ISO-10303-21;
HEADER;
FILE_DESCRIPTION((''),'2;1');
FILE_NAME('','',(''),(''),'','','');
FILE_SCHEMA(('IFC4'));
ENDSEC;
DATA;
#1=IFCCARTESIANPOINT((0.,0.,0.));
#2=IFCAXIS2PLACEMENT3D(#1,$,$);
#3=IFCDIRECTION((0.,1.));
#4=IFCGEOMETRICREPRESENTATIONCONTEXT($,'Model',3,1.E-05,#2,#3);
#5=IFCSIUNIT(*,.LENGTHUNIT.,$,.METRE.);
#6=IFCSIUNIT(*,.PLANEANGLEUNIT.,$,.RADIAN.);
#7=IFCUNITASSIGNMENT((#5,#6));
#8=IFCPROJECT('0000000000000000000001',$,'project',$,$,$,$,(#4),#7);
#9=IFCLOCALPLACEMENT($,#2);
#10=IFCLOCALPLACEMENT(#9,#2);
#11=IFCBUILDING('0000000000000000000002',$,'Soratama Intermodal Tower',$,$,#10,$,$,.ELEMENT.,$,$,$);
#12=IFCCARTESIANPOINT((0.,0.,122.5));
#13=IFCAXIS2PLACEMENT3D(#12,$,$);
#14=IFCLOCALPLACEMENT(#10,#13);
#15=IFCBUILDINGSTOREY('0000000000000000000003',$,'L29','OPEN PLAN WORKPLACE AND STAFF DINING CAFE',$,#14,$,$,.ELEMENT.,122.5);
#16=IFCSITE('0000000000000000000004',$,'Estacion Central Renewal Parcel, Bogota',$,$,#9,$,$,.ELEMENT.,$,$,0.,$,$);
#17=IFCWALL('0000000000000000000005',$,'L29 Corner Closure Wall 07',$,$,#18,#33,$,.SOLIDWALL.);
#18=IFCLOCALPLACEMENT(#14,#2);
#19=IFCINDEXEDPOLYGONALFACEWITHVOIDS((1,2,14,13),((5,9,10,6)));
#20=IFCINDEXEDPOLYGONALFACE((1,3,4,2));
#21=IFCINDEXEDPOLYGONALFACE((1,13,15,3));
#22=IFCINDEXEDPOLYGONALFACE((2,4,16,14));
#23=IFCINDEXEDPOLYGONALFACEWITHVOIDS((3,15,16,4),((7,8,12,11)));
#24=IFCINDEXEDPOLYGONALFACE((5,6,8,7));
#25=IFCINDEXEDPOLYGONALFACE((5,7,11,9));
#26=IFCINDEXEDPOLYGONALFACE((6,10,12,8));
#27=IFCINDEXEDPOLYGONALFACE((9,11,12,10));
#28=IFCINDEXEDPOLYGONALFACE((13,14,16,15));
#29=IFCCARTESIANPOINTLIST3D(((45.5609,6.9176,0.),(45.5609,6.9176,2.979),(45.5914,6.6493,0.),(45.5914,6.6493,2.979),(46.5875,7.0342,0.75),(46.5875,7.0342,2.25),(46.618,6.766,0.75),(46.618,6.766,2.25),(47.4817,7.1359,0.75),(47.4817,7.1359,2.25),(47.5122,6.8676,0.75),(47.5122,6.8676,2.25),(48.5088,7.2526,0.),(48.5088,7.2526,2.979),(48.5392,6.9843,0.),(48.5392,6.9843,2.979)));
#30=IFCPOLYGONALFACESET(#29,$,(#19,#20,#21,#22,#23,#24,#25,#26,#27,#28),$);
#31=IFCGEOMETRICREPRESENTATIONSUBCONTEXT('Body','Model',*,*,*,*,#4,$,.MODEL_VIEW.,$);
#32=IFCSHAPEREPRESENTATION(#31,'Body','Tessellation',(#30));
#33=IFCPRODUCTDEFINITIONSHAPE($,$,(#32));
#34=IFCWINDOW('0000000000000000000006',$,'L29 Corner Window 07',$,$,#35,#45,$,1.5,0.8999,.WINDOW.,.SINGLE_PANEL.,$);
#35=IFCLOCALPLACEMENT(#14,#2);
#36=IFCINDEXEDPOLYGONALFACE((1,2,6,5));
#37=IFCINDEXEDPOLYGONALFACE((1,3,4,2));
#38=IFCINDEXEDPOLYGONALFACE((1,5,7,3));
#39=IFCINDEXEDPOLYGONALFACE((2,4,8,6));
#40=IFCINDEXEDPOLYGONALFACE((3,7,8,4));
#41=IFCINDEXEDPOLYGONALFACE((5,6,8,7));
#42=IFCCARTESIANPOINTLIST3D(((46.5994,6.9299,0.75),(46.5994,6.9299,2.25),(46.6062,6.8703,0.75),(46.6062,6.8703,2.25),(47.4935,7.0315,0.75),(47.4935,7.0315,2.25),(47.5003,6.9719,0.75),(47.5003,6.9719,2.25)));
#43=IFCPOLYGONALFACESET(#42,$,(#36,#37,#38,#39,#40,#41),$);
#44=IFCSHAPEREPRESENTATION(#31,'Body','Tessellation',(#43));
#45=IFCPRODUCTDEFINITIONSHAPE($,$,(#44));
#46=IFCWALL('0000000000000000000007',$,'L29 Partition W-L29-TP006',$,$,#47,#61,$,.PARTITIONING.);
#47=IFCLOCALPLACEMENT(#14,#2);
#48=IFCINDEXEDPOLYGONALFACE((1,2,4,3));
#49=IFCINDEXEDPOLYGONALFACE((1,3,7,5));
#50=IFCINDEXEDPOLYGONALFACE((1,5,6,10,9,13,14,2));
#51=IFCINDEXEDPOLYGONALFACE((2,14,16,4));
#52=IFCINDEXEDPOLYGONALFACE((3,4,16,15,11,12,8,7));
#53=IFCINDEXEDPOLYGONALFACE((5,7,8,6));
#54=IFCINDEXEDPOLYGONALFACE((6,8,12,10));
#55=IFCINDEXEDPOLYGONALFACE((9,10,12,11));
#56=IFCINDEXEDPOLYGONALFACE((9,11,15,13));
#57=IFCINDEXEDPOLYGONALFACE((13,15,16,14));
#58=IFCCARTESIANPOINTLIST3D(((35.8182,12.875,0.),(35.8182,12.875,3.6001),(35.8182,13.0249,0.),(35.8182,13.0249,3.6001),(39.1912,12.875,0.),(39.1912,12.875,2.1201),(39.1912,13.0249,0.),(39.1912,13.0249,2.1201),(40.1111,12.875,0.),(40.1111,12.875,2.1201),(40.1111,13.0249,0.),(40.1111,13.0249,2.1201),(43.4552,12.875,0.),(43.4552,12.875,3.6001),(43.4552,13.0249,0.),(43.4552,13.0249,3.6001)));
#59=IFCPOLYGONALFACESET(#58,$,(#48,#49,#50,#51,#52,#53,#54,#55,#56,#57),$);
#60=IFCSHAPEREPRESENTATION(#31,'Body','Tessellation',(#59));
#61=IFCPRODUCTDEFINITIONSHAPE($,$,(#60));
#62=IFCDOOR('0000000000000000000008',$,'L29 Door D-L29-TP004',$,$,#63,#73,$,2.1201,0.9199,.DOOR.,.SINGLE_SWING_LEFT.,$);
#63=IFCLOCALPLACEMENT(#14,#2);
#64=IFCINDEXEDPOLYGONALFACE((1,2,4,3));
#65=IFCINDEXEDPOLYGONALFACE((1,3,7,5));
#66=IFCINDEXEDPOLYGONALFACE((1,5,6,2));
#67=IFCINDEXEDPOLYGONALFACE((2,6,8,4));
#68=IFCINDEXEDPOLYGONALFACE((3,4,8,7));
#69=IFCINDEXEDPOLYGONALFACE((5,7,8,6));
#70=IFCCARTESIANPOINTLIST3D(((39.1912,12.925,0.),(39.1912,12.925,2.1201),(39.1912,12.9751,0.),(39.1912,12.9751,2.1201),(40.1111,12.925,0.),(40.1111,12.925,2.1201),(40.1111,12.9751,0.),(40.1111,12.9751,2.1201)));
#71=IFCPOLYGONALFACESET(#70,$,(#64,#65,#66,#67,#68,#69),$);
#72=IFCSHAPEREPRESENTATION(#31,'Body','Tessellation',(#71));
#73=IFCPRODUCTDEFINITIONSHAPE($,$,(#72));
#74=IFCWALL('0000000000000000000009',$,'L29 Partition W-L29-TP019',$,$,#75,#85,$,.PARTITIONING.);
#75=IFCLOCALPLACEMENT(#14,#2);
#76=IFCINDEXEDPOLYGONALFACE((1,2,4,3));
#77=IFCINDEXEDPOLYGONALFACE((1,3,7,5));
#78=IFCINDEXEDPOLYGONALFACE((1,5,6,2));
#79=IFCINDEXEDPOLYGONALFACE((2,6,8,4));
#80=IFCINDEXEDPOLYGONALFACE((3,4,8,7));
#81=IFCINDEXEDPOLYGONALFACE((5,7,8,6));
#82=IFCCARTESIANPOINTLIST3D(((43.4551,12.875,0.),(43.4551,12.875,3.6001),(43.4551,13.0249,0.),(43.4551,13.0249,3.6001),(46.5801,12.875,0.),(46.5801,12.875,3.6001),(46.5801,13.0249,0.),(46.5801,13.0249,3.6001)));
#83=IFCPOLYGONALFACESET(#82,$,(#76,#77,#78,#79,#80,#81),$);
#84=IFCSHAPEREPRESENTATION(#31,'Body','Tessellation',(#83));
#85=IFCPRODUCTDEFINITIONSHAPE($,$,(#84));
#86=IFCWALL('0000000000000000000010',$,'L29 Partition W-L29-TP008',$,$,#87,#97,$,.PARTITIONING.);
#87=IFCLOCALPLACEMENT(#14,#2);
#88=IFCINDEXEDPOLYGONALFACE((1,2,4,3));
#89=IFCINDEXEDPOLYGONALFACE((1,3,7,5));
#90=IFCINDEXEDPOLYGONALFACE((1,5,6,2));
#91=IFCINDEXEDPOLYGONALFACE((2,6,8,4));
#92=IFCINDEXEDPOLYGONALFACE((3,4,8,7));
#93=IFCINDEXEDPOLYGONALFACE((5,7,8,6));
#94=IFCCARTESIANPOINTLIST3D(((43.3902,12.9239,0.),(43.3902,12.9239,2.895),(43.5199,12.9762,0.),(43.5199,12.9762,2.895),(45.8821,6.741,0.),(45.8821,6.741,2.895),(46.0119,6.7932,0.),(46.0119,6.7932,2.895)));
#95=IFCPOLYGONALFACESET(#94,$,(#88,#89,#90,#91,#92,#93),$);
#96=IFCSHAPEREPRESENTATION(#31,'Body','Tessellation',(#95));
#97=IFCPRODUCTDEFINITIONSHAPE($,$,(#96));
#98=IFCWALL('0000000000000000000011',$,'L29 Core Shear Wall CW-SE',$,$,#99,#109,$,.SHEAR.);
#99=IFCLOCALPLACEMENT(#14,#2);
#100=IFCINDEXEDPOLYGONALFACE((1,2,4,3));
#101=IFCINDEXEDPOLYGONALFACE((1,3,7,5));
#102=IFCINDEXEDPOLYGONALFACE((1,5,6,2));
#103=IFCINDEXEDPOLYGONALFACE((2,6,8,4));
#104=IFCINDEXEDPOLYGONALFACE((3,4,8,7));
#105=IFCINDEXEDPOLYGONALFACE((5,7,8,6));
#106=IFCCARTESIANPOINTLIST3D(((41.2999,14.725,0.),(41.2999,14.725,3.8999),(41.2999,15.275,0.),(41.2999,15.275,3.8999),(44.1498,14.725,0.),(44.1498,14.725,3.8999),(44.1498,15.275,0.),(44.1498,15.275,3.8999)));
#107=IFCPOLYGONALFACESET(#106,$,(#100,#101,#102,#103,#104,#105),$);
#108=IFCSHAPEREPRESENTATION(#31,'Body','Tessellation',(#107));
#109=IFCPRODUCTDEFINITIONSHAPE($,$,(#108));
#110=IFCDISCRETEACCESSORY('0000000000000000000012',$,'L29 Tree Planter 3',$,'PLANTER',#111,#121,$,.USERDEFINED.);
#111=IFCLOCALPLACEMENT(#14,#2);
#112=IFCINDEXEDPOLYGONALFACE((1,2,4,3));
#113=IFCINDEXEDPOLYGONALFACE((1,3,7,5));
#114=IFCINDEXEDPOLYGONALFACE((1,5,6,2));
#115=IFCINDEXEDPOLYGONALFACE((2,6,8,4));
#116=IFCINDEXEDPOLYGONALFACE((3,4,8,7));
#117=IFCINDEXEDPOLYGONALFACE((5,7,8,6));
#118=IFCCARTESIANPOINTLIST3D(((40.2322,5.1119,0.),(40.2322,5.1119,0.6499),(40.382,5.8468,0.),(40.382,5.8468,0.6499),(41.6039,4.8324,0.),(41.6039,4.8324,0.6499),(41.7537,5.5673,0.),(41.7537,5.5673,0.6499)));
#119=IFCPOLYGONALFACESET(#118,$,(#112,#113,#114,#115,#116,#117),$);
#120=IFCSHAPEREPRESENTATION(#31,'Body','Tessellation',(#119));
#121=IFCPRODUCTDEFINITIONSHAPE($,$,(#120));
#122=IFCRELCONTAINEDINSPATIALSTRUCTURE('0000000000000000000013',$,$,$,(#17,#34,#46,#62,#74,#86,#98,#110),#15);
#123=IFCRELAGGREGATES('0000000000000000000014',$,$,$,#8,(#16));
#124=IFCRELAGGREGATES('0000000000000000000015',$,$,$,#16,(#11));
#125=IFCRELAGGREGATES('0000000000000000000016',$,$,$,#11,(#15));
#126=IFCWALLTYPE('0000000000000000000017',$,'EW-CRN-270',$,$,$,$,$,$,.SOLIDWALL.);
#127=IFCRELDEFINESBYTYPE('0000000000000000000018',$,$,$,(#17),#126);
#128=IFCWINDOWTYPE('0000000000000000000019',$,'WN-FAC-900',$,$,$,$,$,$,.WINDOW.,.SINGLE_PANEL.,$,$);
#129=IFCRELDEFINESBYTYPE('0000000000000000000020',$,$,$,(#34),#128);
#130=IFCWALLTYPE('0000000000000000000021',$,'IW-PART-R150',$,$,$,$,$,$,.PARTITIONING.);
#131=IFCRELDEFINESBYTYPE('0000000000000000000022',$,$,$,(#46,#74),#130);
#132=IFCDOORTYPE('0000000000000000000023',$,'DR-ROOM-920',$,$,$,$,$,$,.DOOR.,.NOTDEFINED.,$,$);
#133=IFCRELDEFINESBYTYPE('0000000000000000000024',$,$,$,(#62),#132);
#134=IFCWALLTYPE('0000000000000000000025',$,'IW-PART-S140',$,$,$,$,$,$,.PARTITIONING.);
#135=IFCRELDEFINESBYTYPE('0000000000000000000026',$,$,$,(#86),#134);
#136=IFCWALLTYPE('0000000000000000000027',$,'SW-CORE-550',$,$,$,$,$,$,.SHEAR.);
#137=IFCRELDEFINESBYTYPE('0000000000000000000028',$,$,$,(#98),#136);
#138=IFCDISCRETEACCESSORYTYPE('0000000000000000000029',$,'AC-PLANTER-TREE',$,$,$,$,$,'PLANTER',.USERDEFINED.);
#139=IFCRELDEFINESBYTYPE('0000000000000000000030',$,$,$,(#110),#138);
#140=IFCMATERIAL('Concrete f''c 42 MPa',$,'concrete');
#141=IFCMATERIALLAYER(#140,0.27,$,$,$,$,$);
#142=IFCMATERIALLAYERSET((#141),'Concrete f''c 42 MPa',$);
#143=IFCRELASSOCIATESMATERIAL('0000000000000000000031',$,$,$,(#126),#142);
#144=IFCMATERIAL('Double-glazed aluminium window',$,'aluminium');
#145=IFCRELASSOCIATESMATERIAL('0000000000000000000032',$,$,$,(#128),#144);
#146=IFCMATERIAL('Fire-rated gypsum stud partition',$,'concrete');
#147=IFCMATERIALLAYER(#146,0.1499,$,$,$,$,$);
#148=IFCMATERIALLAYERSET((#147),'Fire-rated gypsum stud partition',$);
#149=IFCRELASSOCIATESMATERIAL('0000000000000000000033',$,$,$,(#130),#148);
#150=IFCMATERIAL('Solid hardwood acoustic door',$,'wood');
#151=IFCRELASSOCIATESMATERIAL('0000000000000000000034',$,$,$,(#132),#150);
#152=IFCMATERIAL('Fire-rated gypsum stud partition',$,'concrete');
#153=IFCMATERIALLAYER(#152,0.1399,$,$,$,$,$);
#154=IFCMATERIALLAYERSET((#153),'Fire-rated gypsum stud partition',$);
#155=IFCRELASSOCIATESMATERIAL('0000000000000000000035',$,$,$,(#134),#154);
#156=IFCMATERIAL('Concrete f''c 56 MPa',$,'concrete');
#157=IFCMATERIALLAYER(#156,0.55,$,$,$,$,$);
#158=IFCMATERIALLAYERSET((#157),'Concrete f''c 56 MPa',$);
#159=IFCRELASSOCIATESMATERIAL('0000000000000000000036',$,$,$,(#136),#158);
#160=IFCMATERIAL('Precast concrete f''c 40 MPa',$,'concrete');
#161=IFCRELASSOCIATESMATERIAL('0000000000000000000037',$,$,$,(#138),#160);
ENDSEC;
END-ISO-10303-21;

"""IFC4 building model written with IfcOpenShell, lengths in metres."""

from ifc_helpers import new_model, si_unit, direction, frame, frame_2d, origin, origin_2d, place, context, subcontext, project, spatial, rectangle, extrude, material, layer, layer_set, type_object, element, fill, save


model = new_model("IFC4")

# Units and contexts
model_context = context("Model", 3, precision=1e-05, world=origin(), true_north=direction((0.0, 1.0)))
body_context = subcontext(model_context, "Body", "Model", "MODEL_VIEW")
ifc_project = project(units=[si_unit("LENGTHUNIT", "METRE"), si_unit("PLANEANGLEUNIT", "RADIAN")], contexts=[model_context])

# Site, building, storey
site_placement = place(None, origin())
site = spatial("IfcSite", under=ifc_project, at=site_placement, Name="Estacion Central Renewal Parcel, Bogota", CompositionType="ELEMENT", RefElevation=0.0)
building_placement = place(site_placement, origin())
building = spatial("IfcBuilding", under=site, at=building_placement, Name="Soratama Intermodal Tower", CompositionType="ELEMENT")
storey_placement = place(building_placement, frame((0.0, 0.0, 122.5)))
storey = spatial("IfcBuildingStorey", under=building, at=storey_placement, Name="L29", Description="OPEN PLAN WORKPLACE AND STAFF DINING CAFE", CompositionType="ELEMENT", Elevation=122.5)

# Wall, opening, window
ifc_material_1 = material(Name="Concrete f'c 42 MPa", Category="concrete")
ifc_layer_1 = layer(ifc_material_1, 0.27)
ifc_layer_set_1 = layer_set([ifc_layer_1], Name="Concrete f'c 42 MPa")
wall_type_1 = type_object("IfcWallType", Name="EW-CRN-270", PredefinedType="SOLIDWALL", material=ifc_layer_set_1)
wall_1_placement = place(storey_placement, frame((45.5762, 6.7834, 0.0), z_axis=(0.0, 0.0, 1.0), x_axis=(0.993606, 0.112906, 0.0)))
wall_1 = element("IfcWall", 1, at=wall_1_placement, inside=storey, type_object=wall_type_1, Name="L29 Corner Closure Wall 07", PredefinedType="SOLIDWALL", context=body_context, shape_type="SweptSolid", body=[
    extrude(rectangle(XDim=2.9668, YDim=0.27, at=frame_2d((1.4834, 0.0))), origin(), (0.0, 0.0, 1.0), 2.979),
])
opening_1_placement = place(wall_1_placement, frame((1.0332, 0.0, 0.75)))
opening_1 = element("IfcOpeningElement", 2, at=opening_1_placement, cuts=wall_1, PredefinedType="OPENING", context=body_context, shape_type="SweptSolid", body=[
    extrude(rectangle(XDim=0.8999, YDim=1.5, at=frame_2d((0.45, 0.75))), frame((0.0, 0.145, 0.0), z_axis=(0.0, -1.0, 0.0), x_axis=(1.0, 0.0, 0.0)), (0.0, 0.0, 1.0), 0.29),
])
ifc_material_2 = material(Name="Double-glazed aluminium window", Category="aluminium")
window_type = type_object("IfcWindowType", Name="WN-FAC-900", PartitioningType="SINGLE_PANEL", PredefinedType="WINDOW", material=ifc_material_2)
window_placement = place(opening_1_placement, origin())
window = element("IfcWindow", 3, at=window_placement, inside=storey, type_object=window_type, Name="L29 Corner Window 07", OverallHeight=1.5, OverallWidth=0.8999, PartitioningType="SINGLE_PANEL", PredefinedType="WINDOW", context=body_context, shape_type="SweptSolid", body=[
    extrude(rectangle(XDim=0.8999, YDim=1.5, at=frame_2d((0.45, 0.75))), frame((0.0, 0.03, 0.0), z_axis=(0.0, -1.0, 0.0), x_axis=(1.0, 0.0, 0.0)), (0.0, 0.0, 1.0), 0.0601),
])
fill(opening_1, window)

# Wall, opening, door
ifc_material_3 = material(Name="Fire-rated gypsum stud partition", Category="concrete")
ifc_layer_2 = layer(ifc_material_3, 0.1499)
ifc_layer_set_2 = layer_set([ifc_layer_2], Name="Fire-rated gypsum stud partition")
wall_type_2 = type_object("IfcWallType", Name="IW-PART-R150", PredefinedType="PARTITIONING", material=ifc_layer_set_2)
wall_2_placement = place(storey_placement, frame((43.4551, 12.95, 0.0), z_axis=(0.0, 0.0, 1.0), x_axis=(-1.0, 0.0, 0.0)))
wall_2 = element("IfcWall", 4, at=wall_2_placement, inside=storey, type_object=wall_type_2, Name="L29 Partition W-L29-TP006", PredefinedType="PARTITIONING", context=body_context, shape_type="SweptSolid", body=[
    extrude(rectangle(XDim=7.637, YDim=0.1499, at=frame_2d((3.8184, 0.0))), origin(), (0.0, 0.0, 1.0), 3.6001),
])
opening_2_placement = place(wall_2_placement, frame((3.344, 0.0, 0.0)))
opening_2 = element("IfcOpeningElement", 5, at=opening_2_placement, cuts=wall_2, PredefinedType="OPENING", context=body_context, shape_type="SweptSolid", body=[
    extrude(rectangle(XDim=0.9199, YDim=2.1201, at=frame_2d((0.46, 1.0601))), frame((0.0, 0.085, 0.0), z_axis=(0.0, -1.0, 0.0), x_axis=(1.0, 0.0, 0.0)), (0.0, 0.0, 1.0), 0.1699),
])
ifc_material_4 = material(Name="Solid hardwood acoustic door", Category="wood")
door_type = type_object("IfcDoorType", Name="DR-ROOM-920", OperationType="NOTDEFINED", PredefinedType="DOOR", material=ifc_material_4)
door_placement = place(opening_2_placement, origin())
door = element("IfcDoor", 6, at=door_placement, inside=storey, type_object=door_type, Name="L29 Door D-L29-TP004", OperationType="SINGLE_SWING_LEFT", OverallHeight=2.1201, OverallWidth=0.9199, PredefinedType="DOOR", context=body_context, shape_type="SweptSolid", body=[
    extrude(rectangle(XDim=0.9199, YDim=2.1201, at=frame_2d((0.46, 1.0601))), frame((0.0, 0.0249, 0.0), z_axis=(0.0, -1.0, 0.0), x_axis=(1.0, 0.0, 0.0)), (0.0, 0.0, 1.0), 0.05),
])
fill(opening_2, door)

# Walls
wall_3_placement = place(storey_placement, frame((46.5801, 12.95, 0.0), z_axis=(0.0, 0.0, 1.0), x_axis=(-1.0, 0.0, 0.0)))
element("IfcWall", 7, at=wall_3_placement, inside=storey, type_object=wall_type_2, Name="L29 Partition W-L29-TP019", PredefinedType="PARTITIONING", context=body_context, shape_type="SweptSolid", body=[
    extrude(rectangle(XDim=3.125, YDim=0.1499, at=frame_2d((1.5625, 0.0))), origin(), (0.0, 0.0, 1.0), 3.6001),
])
ifc_material_5 = material(Name="Fire-rated gypsum stud partition", Category="concrete")
ifc_layer_3 = layer(ifc_material_5, 0.1399)
ifc_layer_set_3 = layer_set([ifc_layer_3], Name="Fire-rated gypsum stud partition")
wall_type_3 = type_object("IfcWallType", Name="IW-PART-S140", PredefinedType="PARTITIONING", material=ifc_layer_set_3)
wall_4_placement = place(storey_placement, frame((43.4551, 12.95, 0.0), z_axis=(0.0, 0.0, 1.0), x_axis=(0.37382, -0.927501, 0.0)))
element("IfcWall", 8, at=wall_4_placement, inside=storey, type_object=wall_type_3, Name="L29 Partition W-L29-TP008", PredefinedType="PARTITIONING", context=body_context, shape_type="SweptSolid", body=[
    extrude(rectangle(XDim=6.6663, YDim=0.1399, at=frame_2d((3.333, 0.0))), origin(), (0.0, 0.0, 1.0), 2.895),
])
ifc_material_6 = material(Name="Concrete f'c 56 MPa", Category="concrete")
ifc_layer_4 = layer(ifc_material_6, 0.55)
ifc_layer_set_4 = layer_set([ifc_layer_4], Name="Concrete f'c 56 MPa")
wall_type_4 = type_object("IfcWallType", Name="SW-CORE-550", PredefinedType="SHEAR", material=ifc_layer_set_4)
wall_5_placement = place(storey_placement, frame((41.3, 15.0, 0.0), z_axis=(0.0, 0.0, 1.0), x_axis=(1.0, 0.0, 0.0)))
element("IfcWall", 9, at=wall_5_placement, inside=storey, type_object=wall_type_4, Name="L29 Core Shear Wall CW-SE", PredefinedType="SHEAR", context=body_context, shape_type="SweptSolid", body=[
    extrude(rectangle(XDim=2.8499, YDim=0.55, at=frame_2d((1.4248, 0.0))), origin(), (0.0, 0.0, 1.0), 3.8999),
])

# Discrete accessory
ifc_material_7 = material(Name="Precast concrete f'c 40 MPa", Category="concrete")
discrete_accessory_type = type_object("IfcDiscreteAccessoryType", Name="AC-PLANTER-TREE", ElementType="PLANTER", PredefinedType="USERDEFINED", material=ifc_material_7)
discrete_accessory_placement = place(storey_placement, frame((40.9929, 5.3396, 0.0), z_axis=(0.0, 0.0, 1.0), x_axis=(-0.19971, -0.979855, 0.0)))
element("IfcDiscreteAccessory", 10, at=discrete_accessory_placement, inside=storey, type_object=discrete_accessory_type, Name="L29 Tree Planter 3", ObjectType="PLANTER", PredefinedType="USERDEFINED", context=body_context, shape_type="SweptSolid", body=[
    extrude(rectangle(XDim=0.75, YDim=1.3999, at=origin_2d()), origin(), (0.0, 0.0, 1.0), 0.6499),
])

save(model, "model.ifc")
